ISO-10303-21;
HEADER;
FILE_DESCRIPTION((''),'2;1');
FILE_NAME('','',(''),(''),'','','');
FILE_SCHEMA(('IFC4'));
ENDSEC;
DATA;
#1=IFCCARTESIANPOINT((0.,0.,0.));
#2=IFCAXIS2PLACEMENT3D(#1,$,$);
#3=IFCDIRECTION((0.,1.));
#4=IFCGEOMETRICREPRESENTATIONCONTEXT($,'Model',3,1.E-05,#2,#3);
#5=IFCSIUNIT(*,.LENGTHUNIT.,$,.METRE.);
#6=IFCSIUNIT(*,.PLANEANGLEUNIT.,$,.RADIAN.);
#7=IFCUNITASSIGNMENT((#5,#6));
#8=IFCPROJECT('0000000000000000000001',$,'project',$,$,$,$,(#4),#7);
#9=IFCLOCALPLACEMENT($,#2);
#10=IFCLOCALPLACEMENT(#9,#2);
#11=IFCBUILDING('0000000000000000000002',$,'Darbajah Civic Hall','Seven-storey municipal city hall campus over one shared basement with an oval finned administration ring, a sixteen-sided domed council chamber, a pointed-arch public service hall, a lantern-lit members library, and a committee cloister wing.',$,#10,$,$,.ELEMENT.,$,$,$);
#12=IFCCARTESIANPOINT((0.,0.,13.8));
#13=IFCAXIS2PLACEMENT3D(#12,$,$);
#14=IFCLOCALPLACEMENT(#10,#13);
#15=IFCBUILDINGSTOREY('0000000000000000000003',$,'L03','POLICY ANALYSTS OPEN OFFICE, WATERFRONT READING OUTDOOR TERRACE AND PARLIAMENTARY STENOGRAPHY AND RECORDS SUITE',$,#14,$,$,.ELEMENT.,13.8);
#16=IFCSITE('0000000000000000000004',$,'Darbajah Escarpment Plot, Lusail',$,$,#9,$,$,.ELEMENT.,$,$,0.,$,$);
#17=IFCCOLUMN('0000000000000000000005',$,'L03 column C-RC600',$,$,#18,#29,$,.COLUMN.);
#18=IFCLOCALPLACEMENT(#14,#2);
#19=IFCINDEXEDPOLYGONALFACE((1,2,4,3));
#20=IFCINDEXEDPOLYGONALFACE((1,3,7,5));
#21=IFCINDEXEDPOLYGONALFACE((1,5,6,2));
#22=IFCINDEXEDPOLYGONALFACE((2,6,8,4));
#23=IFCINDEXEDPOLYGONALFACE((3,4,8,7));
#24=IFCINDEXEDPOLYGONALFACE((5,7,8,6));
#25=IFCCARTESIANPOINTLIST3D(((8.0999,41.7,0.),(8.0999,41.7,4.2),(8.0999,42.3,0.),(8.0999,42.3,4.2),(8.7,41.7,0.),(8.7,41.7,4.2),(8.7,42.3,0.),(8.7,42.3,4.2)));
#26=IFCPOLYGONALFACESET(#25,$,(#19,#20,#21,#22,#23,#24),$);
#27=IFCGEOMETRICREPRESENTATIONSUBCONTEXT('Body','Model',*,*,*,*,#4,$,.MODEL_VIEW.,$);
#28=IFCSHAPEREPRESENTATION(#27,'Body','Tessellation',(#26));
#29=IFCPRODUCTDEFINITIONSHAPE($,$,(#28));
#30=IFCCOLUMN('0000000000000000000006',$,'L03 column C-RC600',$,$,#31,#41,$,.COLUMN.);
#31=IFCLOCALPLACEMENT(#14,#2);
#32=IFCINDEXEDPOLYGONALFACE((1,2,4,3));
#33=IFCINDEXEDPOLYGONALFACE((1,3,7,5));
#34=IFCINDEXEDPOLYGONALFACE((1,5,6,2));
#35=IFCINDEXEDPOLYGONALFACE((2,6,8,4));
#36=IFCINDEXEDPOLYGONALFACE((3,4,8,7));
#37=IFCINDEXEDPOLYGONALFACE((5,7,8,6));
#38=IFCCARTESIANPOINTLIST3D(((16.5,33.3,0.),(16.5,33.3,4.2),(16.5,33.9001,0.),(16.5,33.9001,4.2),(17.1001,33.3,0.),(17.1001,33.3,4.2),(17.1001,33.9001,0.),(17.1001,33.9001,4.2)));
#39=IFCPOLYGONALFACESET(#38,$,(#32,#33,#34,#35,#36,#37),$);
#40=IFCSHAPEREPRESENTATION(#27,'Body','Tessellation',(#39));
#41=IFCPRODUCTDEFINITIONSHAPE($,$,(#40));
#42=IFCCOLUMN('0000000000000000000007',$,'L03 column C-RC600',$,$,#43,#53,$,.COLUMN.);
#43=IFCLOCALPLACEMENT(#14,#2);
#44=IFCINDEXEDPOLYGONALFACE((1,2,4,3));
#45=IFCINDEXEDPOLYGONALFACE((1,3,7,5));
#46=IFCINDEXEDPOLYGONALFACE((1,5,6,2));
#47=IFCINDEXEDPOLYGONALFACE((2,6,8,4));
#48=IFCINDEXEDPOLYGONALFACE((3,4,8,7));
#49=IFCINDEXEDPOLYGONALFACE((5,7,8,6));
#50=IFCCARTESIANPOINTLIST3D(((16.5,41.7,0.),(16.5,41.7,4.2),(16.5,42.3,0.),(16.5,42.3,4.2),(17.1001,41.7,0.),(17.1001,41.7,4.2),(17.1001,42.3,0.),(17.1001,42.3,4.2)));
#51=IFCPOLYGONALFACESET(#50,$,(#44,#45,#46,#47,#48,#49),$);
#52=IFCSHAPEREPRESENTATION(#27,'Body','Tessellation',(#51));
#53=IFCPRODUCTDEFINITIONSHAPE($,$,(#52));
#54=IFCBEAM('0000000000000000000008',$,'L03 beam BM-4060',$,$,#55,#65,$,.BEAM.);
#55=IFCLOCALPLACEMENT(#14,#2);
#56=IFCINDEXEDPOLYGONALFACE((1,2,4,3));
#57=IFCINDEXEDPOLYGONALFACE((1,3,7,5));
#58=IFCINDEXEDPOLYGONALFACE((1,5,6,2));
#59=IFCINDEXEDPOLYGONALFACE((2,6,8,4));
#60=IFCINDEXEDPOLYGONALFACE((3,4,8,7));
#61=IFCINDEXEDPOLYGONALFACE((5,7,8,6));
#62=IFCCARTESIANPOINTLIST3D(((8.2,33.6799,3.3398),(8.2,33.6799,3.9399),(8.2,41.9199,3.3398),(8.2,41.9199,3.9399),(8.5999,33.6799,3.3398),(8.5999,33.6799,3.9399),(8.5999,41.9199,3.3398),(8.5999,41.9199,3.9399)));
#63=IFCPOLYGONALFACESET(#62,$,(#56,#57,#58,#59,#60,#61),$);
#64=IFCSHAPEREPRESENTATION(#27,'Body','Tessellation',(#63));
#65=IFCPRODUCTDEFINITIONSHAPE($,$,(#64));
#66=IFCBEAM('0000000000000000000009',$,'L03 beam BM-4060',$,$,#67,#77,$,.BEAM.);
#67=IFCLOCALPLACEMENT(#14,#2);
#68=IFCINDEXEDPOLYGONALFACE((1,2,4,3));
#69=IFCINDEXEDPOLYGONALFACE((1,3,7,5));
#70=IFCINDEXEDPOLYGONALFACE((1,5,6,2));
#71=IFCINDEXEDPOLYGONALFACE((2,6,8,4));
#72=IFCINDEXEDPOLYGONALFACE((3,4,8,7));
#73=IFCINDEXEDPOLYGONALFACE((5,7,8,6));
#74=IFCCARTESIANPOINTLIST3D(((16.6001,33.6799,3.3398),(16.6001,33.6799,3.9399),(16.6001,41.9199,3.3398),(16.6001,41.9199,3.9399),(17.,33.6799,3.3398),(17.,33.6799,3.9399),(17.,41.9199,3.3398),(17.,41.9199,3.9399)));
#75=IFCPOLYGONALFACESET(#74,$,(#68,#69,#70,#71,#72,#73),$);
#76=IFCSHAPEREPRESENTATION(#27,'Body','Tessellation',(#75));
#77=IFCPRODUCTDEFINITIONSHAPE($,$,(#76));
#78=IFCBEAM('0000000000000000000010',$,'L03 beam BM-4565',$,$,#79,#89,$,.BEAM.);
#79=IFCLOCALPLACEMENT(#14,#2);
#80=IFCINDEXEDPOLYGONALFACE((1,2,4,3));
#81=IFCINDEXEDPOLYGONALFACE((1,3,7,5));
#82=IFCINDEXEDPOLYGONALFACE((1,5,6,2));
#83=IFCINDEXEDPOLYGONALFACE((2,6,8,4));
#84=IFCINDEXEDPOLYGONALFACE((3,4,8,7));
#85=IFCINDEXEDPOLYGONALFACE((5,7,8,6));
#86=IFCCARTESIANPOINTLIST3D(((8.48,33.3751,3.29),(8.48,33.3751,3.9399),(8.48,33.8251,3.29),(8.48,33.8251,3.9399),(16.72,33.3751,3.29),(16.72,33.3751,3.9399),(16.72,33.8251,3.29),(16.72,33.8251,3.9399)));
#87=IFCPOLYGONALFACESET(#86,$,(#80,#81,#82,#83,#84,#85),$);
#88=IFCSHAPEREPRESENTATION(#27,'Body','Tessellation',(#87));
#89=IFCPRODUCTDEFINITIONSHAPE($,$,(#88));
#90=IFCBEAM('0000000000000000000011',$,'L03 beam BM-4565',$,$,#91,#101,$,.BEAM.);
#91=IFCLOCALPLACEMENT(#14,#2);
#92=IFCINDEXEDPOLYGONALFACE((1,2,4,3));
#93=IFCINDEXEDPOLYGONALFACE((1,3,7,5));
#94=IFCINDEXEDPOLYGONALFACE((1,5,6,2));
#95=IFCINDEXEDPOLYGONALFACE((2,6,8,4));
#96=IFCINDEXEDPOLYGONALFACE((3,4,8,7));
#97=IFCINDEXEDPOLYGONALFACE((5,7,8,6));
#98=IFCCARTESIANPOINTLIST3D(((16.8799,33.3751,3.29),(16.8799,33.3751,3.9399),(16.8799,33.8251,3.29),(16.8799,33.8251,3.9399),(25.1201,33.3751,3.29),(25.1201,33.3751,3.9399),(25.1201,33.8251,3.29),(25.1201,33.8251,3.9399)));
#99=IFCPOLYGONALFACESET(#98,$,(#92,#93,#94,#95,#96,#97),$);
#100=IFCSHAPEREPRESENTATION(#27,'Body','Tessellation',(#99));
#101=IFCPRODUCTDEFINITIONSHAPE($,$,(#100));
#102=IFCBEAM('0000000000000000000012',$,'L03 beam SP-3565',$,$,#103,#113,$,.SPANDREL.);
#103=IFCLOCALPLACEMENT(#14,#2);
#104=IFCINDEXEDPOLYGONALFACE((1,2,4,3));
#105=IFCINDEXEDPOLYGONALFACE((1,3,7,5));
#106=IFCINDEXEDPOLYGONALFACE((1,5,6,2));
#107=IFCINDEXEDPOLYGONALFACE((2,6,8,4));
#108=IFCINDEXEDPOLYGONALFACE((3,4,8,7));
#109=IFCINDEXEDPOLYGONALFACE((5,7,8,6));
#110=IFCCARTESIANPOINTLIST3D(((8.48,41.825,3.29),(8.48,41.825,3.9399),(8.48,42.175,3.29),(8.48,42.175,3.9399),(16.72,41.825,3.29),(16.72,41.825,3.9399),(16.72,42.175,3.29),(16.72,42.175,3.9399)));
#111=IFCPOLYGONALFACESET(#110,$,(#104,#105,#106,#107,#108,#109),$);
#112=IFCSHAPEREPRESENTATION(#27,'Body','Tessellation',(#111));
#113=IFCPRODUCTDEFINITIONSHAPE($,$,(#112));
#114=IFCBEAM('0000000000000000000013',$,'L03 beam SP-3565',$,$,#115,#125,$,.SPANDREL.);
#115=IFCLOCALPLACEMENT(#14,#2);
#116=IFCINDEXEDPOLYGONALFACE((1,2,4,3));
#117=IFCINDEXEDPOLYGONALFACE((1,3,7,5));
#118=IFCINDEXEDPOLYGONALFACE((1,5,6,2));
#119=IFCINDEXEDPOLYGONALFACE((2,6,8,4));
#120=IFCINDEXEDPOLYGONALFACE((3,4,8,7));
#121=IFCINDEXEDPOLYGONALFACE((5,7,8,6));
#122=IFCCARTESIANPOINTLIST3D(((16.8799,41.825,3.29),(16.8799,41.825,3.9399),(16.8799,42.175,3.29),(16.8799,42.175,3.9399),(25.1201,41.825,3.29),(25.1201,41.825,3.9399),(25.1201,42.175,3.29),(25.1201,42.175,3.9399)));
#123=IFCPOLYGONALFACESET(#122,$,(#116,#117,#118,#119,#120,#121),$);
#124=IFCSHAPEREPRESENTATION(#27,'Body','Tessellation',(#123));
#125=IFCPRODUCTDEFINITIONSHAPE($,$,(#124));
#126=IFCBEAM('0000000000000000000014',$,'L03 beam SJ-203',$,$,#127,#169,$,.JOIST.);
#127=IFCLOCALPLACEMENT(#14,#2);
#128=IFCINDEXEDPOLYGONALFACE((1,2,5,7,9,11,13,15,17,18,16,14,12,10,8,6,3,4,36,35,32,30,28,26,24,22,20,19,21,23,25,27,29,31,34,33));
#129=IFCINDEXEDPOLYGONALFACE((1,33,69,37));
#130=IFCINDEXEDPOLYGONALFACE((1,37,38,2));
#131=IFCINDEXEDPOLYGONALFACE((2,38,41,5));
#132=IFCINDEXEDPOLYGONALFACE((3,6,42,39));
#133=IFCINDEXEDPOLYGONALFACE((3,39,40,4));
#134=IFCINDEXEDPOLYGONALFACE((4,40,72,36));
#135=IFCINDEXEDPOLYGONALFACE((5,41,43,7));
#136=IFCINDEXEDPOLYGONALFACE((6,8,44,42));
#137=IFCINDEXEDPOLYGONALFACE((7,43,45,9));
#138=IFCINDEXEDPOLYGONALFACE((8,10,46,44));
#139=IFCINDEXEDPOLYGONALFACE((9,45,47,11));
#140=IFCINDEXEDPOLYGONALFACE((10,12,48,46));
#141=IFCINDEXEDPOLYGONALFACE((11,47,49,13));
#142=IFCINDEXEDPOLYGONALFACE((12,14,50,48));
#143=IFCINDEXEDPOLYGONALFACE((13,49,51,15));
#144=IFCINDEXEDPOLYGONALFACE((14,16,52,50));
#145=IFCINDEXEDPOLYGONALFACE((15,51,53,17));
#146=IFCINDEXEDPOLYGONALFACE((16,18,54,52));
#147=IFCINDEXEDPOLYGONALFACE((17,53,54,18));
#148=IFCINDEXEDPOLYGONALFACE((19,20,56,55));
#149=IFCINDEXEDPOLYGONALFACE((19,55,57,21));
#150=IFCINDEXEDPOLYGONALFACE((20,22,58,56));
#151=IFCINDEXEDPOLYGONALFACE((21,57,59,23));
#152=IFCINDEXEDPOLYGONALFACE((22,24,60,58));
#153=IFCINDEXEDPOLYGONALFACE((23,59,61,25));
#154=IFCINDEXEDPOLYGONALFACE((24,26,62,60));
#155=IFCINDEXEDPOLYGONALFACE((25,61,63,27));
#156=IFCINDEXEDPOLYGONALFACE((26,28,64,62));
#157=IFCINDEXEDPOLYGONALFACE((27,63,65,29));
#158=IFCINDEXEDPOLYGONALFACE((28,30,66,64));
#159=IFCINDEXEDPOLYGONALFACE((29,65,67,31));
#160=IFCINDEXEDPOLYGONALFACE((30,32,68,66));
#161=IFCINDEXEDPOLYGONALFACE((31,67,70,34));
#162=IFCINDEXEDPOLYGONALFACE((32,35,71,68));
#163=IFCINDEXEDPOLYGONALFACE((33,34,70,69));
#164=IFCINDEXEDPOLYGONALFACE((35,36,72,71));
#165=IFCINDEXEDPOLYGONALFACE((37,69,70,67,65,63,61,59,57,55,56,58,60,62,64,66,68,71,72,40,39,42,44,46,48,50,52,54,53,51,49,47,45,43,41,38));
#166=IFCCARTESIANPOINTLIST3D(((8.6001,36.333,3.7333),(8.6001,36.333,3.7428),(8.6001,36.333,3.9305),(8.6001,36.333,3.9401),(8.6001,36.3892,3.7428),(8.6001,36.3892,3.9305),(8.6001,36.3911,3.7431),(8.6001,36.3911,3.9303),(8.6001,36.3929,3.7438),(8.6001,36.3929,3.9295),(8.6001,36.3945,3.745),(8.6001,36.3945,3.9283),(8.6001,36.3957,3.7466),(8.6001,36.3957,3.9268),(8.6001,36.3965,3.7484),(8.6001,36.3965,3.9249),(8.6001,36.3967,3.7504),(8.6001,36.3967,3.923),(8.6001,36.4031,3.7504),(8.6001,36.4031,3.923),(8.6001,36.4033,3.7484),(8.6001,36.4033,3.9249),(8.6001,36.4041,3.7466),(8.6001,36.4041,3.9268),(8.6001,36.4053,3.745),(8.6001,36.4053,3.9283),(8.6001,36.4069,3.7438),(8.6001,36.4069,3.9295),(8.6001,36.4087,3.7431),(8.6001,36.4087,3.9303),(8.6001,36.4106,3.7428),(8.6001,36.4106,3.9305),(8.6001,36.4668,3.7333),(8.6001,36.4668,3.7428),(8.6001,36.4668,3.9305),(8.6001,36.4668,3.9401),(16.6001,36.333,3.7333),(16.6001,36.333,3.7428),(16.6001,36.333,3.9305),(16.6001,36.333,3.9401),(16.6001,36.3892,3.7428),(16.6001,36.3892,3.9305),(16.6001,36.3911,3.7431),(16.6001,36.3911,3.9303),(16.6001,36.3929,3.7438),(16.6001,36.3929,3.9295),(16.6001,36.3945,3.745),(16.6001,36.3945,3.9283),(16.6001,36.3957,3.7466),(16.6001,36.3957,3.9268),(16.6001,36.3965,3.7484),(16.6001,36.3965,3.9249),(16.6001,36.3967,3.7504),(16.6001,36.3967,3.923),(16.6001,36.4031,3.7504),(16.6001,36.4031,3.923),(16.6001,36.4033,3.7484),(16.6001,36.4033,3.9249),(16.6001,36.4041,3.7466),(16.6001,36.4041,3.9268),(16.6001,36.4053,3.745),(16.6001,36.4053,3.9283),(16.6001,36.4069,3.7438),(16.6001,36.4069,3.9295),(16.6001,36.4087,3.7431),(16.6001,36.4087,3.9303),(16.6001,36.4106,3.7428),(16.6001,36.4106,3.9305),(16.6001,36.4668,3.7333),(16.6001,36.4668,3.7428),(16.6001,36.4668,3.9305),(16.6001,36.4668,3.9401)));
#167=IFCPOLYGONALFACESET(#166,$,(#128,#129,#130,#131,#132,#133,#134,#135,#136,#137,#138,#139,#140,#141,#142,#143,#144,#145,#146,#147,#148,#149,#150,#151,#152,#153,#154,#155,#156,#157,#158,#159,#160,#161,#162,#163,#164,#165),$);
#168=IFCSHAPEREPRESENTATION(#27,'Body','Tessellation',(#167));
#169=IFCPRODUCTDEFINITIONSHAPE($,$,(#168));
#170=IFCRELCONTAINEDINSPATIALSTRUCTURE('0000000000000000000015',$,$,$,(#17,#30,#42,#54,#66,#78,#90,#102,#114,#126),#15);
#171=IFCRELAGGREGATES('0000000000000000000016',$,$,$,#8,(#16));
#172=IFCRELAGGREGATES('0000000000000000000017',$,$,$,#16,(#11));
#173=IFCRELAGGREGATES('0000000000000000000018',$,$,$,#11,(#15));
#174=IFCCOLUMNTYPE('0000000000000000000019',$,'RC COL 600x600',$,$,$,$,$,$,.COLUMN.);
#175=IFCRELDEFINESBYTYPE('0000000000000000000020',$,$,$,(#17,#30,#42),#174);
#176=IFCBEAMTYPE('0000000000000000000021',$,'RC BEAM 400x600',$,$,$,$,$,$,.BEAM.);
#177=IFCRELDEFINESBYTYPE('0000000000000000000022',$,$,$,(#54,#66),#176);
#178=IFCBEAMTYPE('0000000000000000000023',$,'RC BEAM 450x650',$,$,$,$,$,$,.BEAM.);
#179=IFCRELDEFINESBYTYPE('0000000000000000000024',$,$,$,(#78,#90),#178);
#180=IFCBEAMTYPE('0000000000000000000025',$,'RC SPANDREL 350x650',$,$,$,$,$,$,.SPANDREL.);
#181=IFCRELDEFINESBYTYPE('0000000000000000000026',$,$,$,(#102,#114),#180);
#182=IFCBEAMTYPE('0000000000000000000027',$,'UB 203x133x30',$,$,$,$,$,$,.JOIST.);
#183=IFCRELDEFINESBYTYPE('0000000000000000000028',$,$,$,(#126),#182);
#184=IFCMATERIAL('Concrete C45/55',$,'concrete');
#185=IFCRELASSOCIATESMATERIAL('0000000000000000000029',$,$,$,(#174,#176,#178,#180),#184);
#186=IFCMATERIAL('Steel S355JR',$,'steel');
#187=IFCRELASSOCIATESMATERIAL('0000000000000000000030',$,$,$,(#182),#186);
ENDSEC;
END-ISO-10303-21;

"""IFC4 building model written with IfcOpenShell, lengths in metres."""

from ifc_helpers import new_model, si_unit, direction, frame, origin, origin_2d, place, context, subcontext, project, spatial, rectangle, i_section, extrude, material, material_profile, profile_set, type_object, element, save


model = new_model("IFC4")

# Units and contexts
model_context = context("Model", 3, precision=1e-05, world=origin(), true_north=direction((0.0, 1.0)))
body_context = subcontext(model_context, "Body", "Model", "MODEL_VIEW")
ifc_project = project(units=[si_unit("LENGTHUNIT", "METRE"), si_unit("PLANEANGLEUNIT", "RADIAN")], contexts=[model_context])

# Site, building, storey
site_placement = place(None, origin())
site = spatial("IfcSite", under=ifc_project, at=site_placement, Name="Darbajah Escarpment Plot, Lusail", CompositionType="ELEMENT", RefElevation=0.0)
building_placement = place(site_placement, origin())
building = spatial("IfcBuilding", under=site, at=building_placement, Name="Darbajah Civic Hall", Description="Seven-storey municipal city hall campus over one shared basement with an oval finned administration ring, a sixteen-sided domed council chamber, a pointed-arch public service hall, a lantern-lit members library, and a committee cloister wing.", CompositionType="ELEMENT")
storey_placement = place(building_placement, frame((0.0, 0.0, 13.8)))
storey = spatial("IfcBuildingStorey", under=building, at=storey_placement, Name="L03", Description="POLICY ANALYSTS OPEN OFFICE, WATERFRONT READING OUTDOOR TERRACE AND PARLIAMENTARY STENOGRAPHY AND RECORDS SUITE", CompositionType="ELEMENT", Elevation=13.8)

# Columns
ifc_material_1 = material(Name="Concrete C45/55", Category="concrete")
ifc_material_profile_1 = material_profile(ifc_material_1, rectangle(XDim=0.6001, YDim=0.6001, at=origin_2d()), Name="RC COL 600x600")
ifc_profile_set_1 = profile_set([ifc_material_profile_1], Name="Concrete C45/55")
column_type = type_object("IfcColumnType", Name="RC COL 600x600", PredefinedType="COLUMN", material=ifc_profile_set_1)
for number, where, z_axis, x_axis, name in (
    (1, (8.3999, 42.0, 0.0), (0.0, 0.0, 1.0), (1.0, 0.0, 0.0), "L03 column C-RC600"),
    (2, (16.8, 33.6001, 0.0), (0.0, 0.0, 1.0), (1.0, 0.0, 0.0), "L03 column C-RC600"),
    (3, (16.8, 42.0, 0.0), (0.0, 0.0, 1.0), (1.0, 0.0, 0.0), "L03 column C-RC600"),
):
    element("IfcColumn", number, at=place(storey_placement, frame(where, z_axis=z_axis, x_axis=x_axis)), inside=storey, type_object=column_type, Name=name, PredefinedType="COLUMN", context=body_context, shape_type="SweptSolid", body=[
        extrude(rectangle(XDim=0.6001, YDim=0.6001, at=origin_2d()), origin(), (0.0, 0.0, 1.0), 4.2),
    ])

# Beams
ifc_material_profile_2 = material_profile(ifc_material_1, rectangle(XDim=0.3999, YDim=0.6001, at=origin_2d()), Name="RC BEAM 400x600")
ifc_profile_set_2 = profile_set([ifc_material_profile_2], Name="Concrete C45/55")
beam_type_1 = type_object("IfcBeamType", Name="RC BEAM 400x600", PredefinedType="BEAM", material=ifc_profile_set_2)
for number, where, z_axis, x_axis, name in (
    (4, (8.3999, 33.6799, 3.6399), (0.0, 1.0, 0.0), (-1.0, 0.0, 0.0), "L03 beam BM-4060"),
    (5, (16.8, 33.6799, 3.6399), (0.0, 1.0, 0.0), (-1.0, 0.0, 0.0), "L03 beam BM-4060"),
):
    element("IfcBeam", number, at=place(storey_placement, frame(where, z_axis=z_axis, x_axis=x_axis)), inside=storey, type_object=beam_type_1, Name=name, PredefinedType="BEAM", context=body_context, shape_type="SweptSolid", body=[
        extrude(rectangle(XDim=0.3999, YDim=0.6001, at=origin_2d()), origin(), (0.0, 0.0, 1.0), 8.24),
    ])
ifc_material_profile_3 = material_profile(ifc_material_1, rectangle(XDim=0.45, YDim=0.6499, at=origin_2d()), Name="RC BEAM 450x650")
ifc_profile_set_3 = profile_set([ifc_material_profile_3], Name="Concrete C45/55")
beam_type_2 = type_object("IfcBeamType", Name="RC BEAM 450x650", PredefinedType="BEAM", material=ifc_profile_set_3)
beam_1_placement = place(storey_placement, frame((8.48, 33.6001, 3.615), z_axis=(1.0, 0.0, 0.0), x_axis=(0.0, 1.0, 0.0)))
element("IfcBeam", 6, at=beam_1_placement, inside=storey, type_object=beam_type_2, Name="L03 beam BM-4565", PredefinedType="BEAM", context=body_context, shape_type="SweptSolid", body=[
    extrude(rectangle(XDim=0.45, YDim=0.6499, at=origin_2d()), origin(), (0.0, 0.0, 1.0), 8.24),
])
beam_2_placement = place(storey_placement, frame((16.8799, 33.6001, 3.615), z_axis=(1.0, 0.0, 0.0), x_axis=(0.0, 1.0, 0.0)))
element("IfcBeam", 7, at=beam_2_placement, inside=storey, type_object=beam_type_2, Name="L03 beam BM-4565", PredefinedType="BEAM", context=body_context, shape_type="SweptSolid", body=[
    extrude(rectangle(XDim=0.45, YDim=0.6499, at=origin_2d()), origin(), (0.0, 0.0, 1.0), 8.2402),
])
ifc_material_profile_4 = material_profile(ifc_material_1, rectangle(XDim=0.3501, YDim=0.6499, at=origin_2d()), Name="RC SPANDREL 350x650")
ifc_profile_set_4 = profile_set([ifc_material_profile_4], Name="Concrete C45/55")
beam_type_3 = type_object("IfcBeamType", Name="RC SPANDREL 350x650", PredefinedType="SPANDREL", material=ifc_profile_set_4)
beam_3_placement = place(storey_placement, frame((8.48, 42.0, 3.615), z_axis=(1.0, 0.0, 0.0), x_axis=(0.0, 1.0, 0.0)))
element("IfcBeam", 8, at=beam_3_placement, inside=storey, type_object=beam_type_3, Name="L03 beam SP-3565", PredefinedType="SPANDREL", context=body_context, shape_type="SweptSolid", body=[
    extrude(rectangle(XDim=0.3501, YDim=0.6499, at=origin_2d()), origin(), (0.0, 0.0, 1.0), 8.24),
])
beam_4_placement = place(storey_placement, frame((16.8799, 42.0, 3.615), z_axis=(1.0, 0.0, 0.0), x_axis=(0.0, 1.0, 0.0)))
element("IfcBeam", 9, at=beam_4_placement, inside=storey, type_object=beam_type_3, Name="L03 beam SP-3565", PredefinedType="SPANDREL", context=body_context, shape_type="SweptSolid", body=[
    extrude(rectangle(XDim=0.3501, YDim=0.6499, at=origin_2d()), origin(), (0.0, 0.0, 1.0), 8.2402),
])
ifc_material_2 = material(Name="Steel S355JR", Category="steel")
ifc_material_profile_5 = material_profile(ifc_material_2, i_section(OverallWidth=0.1338, OverallDepth=0.2068, WebThickness=0.0063, FlangeThickness=0.0095, FilletRadius=0.0076, at=origin_2d()), Name="UB 203x133x30")
ifc_profile_set_5 = profile_set([ifc_material_profile_5], Name="Steel S355JR")
beam_type_4 = type_object("IfcBeamType", Name="UB 203x133x30", PredefinedType="JOIST", material=ifc_profile_set_5)
for number, where, z_axis, x_axis, name in (
    (10, (8.6001, 36.3999, 3.8367), (1.0, 0.0, 0.0), (0.0, 1.0, 0.0), "L03 beam SJ-203"),
):
    element("IfcBeam", number, at=place(storey_placement, frame(where, z_axis=z_axis, x_axis=x_axis)), inside=storey, type_object=beam_type_4, Name=name, PredefinedType="JOIST", context=body_context, shape_type="SweptSolid", body=[
        extrude(i_section(OverallWidth=0.1338, OverallDepth=0.2068, WebThickness=0.0063, FlangeThickness=0.0095, FilletRadius=0.0076, at=origin_2d()), origin(), (0.0, 0.0, 1.0), 8.0),
    ])

save(model, "model.ifc")
